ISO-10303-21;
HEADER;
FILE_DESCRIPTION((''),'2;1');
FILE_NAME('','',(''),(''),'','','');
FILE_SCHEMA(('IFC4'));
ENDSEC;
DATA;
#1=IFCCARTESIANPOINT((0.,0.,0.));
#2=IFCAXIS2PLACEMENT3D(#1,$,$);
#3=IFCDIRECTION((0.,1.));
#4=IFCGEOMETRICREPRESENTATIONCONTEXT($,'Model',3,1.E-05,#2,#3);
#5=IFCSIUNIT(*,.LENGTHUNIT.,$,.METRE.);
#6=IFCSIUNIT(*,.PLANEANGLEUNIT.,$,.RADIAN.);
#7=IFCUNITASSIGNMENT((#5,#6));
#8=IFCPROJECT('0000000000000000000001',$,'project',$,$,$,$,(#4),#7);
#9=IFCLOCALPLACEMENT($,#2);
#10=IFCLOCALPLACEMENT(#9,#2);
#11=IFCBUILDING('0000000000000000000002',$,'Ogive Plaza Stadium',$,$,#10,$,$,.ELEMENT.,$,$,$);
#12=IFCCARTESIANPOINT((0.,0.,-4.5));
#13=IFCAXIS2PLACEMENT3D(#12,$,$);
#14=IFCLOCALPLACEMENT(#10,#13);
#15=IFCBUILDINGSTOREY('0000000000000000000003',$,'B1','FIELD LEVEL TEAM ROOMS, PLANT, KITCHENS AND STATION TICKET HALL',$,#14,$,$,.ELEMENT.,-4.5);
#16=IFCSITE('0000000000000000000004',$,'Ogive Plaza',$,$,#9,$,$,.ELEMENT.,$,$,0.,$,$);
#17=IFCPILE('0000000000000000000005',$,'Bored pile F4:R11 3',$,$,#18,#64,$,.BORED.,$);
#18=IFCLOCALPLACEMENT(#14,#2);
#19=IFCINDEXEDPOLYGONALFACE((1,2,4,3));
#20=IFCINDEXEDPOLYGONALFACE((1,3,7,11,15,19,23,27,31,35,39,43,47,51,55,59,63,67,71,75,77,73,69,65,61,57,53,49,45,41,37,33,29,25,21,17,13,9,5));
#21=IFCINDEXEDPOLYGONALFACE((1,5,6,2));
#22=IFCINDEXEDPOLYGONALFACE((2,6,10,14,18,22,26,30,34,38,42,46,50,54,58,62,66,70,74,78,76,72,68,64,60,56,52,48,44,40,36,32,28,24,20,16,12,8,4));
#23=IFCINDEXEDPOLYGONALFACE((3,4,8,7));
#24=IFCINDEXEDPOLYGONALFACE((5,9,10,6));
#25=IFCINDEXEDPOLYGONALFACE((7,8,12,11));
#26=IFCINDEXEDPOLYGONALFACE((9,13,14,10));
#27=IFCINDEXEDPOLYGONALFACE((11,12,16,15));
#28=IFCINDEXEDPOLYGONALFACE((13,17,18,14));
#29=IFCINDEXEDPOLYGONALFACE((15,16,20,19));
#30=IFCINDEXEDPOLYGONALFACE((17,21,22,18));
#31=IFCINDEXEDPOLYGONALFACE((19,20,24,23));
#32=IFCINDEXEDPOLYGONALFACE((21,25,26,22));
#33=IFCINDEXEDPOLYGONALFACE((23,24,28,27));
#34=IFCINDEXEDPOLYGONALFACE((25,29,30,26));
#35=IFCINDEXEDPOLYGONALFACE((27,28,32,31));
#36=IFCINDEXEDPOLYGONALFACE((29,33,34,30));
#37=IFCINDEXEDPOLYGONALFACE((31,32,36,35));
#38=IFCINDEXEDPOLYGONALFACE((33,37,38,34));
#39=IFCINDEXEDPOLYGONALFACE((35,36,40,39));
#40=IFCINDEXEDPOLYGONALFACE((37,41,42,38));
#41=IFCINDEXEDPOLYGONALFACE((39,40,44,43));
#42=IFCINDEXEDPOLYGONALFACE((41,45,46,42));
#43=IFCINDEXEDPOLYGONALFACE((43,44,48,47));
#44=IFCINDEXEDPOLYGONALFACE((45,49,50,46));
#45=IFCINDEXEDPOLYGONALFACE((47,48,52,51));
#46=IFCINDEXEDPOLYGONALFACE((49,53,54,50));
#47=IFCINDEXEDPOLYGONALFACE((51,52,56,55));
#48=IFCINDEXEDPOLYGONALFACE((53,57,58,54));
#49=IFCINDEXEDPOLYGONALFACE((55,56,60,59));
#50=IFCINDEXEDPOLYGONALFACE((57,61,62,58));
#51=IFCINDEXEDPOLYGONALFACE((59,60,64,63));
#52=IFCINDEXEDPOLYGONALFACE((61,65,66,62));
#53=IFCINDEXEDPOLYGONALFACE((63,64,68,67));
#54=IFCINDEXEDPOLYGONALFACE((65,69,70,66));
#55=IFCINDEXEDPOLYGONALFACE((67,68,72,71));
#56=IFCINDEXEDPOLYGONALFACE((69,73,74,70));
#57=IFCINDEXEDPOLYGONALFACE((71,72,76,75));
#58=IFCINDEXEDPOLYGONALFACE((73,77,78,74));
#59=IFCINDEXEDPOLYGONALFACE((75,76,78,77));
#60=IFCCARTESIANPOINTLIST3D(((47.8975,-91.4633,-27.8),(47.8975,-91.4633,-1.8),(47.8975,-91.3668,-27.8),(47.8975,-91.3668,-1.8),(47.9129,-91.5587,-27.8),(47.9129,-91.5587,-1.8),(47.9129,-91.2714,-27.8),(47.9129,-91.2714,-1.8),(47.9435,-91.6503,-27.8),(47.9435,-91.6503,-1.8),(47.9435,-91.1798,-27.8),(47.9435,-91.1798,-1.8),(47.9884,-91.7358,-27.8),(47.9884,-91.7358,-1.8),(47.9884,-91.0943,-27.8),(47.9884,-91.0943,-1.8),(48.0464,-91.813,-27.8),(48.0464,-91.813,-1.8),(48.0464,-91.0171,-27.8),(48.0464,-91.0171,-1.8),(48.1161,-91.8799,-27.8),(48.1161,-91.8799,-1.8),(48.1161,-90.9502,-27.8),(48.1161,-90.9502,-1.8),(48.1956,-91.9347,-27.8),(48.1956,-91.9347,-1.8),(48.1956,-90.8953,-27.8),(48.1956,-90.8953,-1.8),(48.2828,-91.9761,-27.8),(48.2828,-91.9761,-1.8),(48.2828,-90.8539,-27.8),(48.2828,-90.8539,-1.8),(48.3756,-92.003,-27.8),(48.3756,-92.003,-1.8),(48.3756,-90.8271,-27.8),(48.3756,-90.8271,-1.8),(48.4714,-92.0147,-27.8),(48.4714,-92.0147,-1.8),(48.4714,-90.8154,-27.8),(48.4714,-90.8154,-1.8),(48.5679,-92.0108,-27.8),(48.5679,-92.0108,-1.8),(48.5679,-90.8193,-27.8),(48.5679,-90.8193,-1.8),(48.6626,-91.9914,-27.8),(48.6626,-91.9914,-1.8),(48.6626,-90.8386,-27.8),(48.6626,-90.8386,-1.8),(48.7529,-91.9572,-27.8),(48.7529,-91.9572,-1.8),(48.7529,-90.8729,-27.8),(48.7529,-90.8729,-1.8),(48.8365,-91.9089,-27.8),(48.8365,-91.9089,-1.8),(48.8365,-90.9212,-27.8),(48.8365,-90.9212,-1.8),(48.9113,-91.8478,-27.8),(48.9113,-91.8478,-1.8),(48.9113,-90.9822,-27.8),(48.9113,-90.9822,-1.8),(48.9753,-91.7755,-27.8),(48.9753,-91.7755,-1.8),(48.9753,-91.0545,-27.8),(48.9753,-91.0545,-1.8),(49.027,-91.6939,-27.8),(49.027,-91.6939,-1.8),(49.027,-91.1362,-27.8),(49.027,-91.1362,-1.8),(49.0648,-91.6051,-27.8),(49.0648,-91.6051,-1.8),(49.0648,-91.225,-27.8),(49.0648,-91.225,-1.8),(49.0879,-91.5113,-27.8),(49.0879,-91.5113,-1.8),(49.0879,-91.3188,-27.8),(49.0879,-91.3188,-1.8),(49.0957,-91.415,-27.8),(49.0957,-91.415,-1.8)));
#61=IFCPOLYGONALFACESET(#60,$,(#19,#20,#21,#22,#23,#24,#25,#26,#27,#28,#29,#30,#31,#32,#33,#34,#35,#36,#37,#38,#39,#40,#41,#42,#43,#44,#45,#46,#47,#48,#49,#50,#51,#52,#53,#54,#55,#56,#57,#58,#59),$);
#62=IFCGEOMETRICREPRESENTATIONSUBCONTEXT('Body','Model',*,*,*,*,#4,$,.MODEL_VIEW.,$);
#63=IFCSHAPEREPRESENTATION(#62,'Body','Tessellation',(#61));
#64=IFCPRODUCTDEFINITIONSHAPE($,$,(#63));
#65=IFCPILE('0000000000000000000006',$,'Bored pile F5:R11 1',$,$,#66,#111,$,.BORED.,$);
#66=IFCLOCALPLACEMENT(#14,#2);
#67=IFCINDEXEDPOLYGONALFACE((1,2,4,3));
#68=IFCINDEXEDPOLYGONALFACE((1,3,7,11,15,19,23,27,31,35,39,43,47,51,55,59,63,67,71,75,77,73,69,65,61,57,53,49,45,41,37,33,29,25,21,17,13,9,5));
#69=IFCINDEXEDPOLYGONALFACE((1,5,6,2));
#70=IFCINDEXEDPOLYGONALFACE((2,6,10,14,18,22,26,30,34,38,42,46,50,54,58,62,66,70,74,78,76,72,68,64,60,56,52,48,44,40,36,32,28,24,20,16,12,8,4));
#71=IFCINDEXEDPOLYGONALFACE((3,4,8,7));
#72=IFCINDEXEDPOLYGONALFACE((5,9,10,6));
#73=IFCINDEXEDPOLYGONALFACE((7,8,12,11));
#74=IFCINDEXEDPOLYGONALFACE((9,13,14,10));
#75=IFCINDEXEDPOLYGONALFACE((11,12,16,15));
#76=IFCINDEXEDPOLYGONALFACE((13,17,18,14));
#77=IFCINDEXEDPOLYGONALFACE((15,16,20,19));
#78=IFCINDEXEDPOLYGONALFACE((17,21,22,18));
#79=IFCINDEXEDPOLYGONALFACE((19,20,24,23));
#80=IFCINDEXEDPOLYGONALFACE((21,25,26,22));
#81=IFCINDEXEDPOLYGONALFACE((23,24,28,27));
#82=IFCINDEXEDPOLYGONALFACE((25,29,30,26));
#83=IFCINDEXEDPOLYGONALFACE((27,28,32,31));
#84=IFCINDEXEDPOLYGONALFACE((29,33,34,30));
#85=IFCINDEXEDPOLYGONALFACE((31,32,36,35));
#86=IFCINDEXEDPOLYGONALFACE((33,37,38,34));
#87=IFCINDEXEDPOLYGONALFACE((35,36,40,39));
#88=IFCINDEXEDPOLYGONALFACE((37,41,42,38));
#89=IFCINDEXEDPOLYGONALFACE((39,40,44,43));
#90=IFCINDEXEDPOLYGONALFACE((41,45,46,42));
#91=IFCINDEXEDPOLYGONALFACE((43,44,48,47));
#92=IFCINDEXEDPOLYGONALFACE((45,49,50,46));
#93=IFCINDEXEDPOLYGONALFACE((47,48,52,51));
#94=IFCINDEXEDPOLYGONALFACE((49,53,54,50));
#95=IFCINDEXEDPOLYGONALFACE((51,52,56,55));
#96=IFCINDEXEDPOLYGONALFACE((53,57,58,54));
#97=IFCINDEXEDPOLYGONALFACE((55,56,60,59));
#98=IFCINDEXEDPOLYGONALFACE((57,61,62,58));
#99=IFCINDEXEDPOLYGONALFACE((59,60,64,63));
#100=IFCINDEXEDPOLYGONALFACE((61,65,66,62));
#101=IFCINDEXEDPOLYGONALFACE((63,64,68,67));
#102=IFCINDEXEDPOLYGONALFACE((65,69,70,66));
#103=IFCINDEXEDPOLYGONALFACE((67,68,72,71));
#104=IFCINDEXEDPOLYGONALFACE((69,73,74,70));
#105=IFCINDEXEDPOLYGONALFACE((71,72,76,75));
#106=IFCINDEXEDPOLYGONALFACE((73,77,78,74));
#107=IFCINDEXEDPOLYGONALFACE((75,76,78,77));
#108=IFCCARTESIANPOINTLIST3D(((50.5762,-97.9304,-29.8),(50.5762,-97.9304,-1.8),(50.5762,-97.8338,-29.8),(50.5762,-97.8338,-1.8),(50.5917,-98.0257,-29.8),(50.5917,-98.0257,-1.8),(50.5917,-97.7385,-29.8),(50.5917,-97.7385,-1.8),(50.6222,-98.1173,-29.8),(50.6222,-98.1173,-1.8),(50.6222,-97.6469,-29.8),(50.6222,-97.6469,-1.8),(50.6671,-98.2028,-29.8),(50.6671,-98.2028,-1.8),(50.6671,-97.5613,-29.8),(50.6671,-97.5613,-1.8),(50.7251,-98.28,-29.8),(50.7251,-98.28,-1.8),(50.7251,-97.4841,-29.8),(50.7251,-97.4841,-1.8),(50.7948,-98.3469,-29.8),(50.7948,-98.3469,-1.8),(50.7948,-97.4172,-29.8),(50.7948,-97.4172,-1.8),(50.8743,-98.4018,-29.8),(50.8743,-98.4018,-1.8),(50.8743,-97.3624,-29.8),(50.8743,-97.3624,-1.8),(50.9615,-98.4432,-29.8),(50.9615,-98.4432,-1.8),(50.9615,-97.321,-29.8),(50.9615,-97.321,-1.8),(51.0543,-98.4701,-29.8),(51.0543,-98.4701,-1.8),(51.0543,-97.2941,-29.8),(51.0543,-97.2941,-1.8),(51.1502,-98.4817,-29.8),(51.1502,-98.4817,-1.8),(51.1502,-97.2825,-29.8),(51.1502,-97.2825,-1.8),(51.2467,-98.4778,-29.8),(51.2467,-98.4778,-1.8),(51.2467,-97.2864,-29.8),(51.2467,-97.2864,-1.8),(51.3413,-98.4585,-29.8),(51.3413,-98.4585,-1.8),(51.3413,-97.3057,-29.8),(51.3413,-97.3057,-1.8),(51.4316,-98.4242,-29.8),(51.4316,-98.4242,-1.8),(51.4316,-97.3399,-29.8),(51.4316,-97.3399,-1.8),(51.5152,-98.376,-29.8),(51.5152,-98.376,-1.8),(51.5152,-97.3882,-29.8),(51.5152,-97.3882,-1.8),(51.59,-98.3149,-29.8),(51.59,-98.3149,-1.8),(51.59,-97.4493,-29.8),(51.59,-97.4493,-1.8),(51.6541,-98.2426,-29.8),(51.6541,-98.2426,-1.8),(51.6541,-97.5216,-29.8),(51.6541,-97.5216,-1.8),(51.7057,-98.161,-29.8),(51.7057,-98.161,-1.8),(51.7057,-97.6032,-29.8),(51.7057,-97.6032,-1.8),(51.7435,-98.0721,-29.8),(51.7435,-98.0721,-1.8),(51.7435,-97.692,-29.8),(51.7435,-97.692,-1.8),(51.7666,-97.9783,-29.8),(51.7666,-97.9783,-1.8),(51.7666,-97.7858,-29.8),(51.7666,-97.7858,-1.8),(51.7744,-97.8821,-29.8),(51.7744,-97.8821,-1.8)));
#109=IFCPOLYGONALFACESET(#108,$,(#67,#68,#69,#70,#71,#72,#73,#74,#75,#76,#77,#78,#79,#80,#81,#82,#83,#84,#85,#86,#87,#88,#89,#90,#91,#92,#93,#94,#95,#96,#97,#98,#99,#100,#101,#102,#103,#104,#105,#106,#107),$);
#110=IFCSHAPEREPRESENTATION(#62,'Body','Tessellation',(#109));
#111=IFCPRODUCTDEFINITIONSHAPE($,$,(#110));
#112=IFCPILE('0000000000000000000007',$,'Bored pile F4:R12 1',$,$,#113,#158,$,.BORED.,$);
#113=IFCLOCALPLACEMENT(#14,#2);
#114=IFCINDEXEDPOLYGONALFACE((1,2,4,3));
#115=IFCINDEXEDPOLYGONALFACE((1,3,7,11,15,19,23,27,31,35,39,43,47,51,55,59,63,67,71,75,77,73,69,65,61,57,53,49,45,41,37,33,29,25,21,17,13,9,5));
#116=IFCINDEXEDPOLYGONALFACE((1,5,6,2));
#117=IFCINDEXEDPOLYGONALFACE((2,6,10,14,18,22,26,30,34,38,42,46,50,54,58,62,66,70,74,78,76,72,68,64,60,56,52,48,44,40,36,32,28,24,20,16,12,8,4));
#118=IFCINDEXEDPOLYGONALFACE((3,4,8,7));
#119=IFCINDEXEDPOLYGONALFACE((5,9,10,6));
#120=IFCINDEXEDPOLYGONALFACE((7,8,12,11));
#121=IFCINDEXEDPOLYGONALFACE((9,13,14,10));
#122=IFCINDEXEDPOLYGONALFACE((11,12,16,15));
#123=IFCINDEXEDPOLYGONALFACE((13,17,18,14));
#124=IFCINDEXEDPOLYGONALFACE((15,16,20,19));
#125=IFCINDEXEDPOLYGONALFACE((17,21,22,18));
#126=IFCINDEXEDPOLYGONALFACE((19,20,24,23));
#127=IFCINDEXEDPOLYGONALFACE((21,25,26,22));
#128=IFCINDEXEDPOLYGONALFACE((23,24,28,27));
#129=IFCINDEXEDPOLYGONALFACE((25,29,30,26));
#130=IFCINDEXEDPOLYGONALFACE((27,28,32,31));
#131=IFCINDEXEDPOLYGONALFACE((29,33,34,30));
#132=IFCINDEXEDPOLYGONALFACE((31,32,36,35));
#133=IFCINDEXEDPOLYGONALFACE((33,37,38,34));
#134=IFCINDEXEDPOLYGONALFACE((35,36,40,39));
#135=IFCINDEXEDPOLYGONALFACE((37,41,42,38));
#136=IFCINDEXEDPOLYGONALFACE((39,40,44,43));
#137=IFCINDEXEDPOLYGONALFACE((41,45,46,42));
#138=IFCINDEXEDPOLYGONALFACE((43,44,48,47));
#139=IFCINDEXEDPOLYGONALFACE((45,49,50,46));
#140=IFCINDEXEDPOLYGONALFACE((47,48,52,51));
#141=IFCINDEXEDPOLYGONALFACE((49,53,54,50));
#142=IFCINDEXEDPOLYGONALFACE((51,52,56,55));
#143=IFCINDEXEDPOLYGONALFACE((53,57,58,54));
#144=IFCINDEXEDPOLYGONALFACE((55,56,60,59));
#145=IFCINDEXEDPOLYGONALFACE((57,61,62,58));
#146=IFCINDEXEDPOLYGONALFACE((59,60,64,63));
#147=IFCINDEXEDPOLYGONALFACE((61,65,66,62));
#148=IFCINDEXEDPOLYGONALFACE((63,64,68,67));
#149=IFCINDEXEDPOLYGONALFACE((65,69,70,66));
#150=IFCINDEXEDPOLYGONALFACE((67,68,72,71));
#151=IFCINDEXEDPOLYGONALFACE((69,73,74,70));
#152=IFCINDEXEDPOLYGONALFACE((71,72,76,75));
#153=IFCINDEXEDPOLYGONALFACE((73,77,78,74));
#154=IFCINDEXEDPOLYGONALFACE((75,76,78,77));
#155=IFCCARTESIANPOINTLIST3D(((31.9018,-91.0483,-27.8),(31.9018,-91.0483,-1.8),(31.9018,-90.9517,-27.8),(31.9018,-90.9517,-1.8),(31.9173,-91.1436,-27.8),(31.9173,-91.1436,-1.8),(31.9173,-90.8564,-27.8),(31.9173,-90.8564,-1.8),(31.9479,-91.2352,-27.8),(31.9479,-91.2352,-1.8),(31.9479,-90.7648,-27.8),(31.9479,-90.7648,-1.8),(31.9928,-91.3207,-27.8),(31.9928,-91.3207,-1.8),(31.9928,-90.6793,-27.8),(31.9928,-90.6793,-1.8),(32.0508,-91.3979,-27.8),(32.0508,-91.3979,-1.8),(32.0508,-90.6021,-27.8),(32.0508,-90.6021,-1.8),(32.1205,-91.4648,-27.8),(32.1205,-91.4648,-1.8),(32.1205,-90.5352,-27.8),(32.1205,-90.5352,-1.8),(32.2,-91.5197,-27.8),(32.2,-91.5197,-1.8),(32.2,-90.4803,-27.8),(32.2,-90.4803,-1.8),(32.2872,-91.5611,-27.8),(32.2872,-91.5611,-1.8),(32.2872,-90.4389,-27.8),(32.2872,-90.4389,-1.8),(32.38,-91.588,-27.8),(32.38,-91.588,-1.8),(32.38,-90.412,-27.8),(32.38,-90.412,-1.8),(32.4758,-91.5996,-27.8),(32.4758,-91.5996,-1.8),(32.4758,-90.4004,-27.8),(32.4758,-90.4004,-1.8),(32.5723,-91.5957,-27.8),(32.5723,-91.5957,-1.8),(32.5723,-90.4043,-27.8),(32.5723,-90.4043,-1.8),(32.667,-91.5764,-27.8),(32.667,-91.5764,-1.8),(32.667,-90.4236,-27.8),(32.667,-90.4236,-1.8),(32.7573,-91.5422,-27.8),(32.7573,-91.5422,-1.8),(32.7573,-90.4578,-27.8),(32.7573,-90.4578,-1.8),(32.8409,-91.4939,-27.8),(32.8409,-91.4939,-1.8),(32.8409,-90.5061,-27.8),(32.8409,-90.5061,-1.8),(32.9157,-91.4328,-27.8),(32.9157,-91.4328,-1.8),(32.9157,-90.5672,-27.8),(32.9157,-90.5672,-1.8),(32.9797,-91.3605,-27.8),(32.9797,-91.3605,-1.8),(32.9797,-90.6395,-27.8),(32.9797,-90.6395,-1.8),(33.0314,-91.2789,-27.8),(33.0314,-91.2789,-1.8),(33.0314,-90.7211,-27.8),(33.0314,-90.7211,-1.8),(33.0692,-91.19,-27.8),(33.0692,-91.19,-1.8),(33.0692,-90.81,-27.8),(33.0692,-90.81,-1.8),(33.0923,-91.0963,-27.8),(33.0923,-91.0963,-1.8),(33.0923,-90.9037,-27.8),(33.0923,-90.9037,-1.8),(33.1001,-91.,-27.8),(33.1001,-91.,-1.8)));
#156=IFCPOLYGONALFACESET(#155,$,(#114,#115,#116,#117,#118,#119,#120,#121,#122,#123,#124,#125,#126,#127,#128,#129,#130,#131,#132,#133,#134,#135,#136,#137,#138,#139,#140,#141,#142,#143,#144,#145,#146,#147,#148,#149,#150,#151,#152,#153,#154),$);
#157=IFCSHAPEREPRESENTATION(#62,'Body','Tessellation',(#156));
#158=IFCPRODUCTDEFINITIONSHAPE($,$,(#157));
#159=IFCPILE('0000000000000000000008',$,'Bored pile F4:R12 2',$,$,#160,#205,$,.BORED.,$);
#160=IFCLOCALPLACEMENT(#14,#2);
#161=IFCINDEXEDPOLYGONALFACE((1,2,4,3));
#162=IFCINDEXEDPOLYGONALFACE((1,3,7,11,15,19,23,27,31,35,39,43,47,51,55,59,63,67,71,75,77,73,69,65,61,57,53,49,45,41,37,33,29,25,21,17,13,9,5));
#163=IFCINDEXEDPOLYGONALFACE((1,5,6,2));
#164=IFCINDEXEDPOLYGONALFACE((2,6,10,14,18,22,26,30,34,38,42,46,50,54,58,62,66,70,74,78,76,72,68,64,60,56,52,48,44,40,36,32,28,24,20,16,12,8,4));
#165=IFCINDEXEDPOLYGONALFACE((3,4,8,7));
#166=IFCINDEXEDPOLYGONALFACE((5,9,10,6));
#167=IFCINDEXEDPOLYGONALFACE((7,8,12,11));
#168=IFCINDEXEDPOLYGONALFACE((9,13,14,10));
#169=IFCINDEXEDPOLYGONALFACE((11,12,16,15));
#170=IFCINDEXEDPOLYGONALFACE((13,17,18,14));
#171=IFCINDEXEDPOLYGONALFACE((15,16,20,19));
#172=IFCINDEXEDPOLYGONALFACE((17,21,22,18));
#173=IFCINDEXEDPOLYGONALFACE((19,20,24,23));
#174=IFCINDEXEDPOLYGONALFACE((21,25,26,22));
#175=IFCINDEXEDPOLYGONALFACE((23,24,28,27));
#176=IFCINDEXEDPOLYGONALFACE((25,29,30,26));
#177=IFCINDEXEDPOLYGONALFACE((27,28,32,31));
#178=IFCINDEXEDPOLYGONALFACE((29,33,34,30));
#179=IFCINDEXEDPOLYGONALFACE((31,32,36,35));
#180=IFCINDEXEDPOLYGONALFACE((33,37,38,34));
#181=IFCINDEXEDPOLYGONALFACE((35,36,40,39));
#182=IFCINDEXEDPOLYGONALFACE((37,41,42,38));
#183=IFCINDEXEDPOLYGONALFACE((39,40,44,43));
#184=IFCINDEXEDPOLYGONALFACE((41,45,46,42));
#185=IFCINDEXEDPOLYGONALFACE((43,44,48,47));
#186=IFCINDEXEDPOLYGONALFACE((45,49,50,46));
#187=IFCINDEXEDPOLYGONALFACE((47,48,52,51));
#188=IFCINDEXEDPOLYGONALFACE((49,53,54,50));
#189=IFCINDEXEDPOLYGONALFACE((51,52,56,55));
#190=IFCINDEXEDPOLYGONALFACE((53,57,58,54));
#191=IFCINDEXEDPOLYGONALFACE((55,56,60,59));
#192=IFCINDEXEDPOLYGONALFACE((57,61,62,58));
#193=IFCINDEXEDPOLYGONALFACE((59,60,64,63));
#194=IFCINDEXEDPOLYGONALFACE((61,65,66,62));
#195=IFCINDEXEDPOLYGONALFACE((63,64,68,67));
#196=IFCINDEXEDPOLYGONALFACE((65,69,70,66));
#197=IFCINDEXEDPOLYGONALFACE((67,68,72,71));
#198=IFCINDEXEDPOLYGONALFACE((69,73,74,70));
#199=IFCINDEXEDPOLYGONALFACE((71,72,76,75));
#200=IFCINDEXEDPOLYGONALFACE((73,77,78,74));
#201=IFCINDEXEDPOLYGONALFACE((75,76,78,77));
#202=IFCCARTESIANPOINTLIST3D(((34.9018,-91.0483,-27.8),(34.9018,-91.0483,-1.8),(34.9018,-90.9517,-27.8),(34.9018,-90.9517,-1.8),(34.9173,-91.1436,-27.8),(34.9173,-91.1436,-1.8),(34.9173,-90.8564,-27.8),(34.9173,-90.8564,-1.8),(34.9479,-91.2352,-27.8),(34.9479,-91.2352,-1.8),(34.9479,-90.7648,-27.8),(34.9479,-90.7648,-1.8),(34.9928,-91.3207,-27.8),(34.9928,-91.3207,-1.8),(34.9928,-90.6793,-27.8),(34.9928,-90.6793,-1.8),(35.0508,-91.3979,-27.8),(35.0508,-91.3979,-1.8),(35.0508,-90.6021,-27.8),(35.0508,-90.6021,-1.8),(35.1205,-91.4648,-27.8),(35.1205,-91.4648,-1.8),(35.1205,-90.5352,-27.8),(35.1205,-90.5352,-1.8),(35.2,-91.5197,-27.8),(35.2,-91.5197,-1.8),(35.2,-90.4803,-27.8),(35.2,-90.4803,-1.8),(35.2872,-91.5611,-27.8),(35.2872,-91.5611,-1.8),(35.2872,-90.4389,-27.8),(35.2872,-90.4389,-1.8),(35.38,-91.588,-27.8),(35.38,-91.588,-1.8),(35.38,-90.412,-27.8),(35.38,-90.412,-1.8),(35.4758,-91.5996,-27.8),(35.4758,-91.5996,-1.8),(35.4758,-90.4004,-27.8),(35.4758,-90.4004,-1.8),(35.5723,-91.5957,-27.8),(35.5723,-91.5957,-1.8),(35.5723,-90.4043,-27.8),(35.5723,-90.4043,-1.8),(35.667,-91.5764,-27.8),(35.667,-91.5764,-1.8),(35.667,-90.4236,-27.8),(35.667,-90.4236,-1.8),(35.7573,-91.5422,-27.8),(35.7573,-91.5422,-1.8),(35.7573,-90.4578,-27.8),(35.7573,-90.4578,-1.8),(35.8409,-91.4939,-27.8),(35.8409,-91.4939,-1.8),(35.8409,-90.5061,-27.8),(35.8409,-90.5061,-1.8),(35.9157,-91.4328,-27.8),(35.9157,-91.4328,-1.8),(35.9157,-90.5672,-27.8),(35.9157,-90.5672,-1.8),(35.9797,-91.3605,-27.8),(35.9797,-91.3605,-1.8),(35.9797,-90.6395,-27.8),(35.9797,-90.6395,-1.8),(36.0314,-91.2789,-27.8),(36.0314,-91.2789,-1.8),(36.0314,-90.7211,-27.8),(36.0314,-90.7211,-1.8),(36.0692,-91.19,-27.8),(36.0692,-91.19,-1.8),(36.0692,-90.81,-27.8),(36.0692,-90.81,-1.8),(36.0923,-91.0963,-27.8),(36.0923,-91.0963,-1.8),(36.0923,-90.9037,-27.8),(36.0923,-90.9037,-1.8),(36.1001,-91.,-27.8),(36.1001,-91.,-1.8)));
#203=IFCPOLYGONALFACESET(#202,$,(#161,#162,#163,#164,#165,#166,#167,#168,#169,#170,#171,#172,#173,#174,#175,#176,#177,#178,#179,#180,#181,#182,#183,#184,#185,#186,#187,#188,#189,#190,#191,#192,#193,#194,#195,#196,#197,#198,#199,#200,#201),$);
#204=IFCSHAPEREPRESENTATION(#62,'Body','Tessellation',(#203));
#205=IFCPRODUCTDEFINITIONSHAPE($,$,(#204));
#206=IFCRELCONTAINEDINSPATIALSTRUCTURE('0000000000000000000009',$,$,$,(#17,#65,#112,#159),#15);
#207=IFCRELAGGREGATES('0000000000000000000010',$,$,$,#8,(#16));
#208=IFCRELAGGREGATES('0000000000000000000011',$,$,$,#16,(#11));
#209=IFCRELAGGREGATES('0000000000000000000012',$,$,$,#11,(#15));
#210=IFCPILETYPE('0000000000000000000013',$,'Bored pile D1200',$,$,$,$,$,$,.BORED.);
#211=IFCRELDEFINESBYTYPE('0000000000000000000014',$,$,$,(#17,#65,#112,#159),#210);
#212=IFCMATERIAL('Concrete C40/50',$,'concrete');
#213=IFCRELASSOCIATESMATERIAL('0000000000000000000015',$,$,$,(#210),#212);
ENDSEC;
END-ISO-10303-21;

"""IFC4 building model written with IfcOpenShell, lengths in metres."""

from ifc_helpers import new_model, si_unit, direction, frame, origin, origin_2d, place, context, subcontext, project, spatial, circle, extrude, material, material_profile, profile_set, type_object, element, save


model = new_model("IFC4")

# Units and contexts
model_context = context("Model", 3, precision=1e-05, world=origin(), true_north=direction((0.0, 1.0)))
body_context = subcontext(model_context, "Body", "Model", "MODEL_VIEW")
ifc_project = project(units=[si_unit("LENGTHUNIT", "METRE"), si_unit("PLANEANGLEUNIT", "RADIAN")], contexts=[model_context])

# Site, building, storey
site_placement = place(None, origin())
site = spatial("IfcSite", under=ifc_project, at=site_placement, Name="Ogive Plaza", CompositionType="ELEMENT", RefElevation=0.0)
building_placement = place(site_placement, origin())
building = spatial("IfcBuilding", under=site, at=building_placement, Name="Ogive Plaza Stadium", CompositionType="ELEMENT")
storey_placement = place(building_placement, frame((0.0, 0.0, -4.5)))
storey = spatial("IfcBuildingStorey", under=building, at=storey_placement, Name="B1", Description="FIELD LEVEL TEAM ROOMS, PLANT, KITCHENS AND STATION TICKET HALL", CompositionType="ELEMENT", Elevation=-4.5)

# Piles
ifc_material_1 = material(Name="Concrete C40/50", Category="concrete")
ifc_material_profile_1 = material_profile(ifc_material_1, circle(Radius=0.6001, at=origin_2d()), Name="RC D1200")
ifc_profile_set_1 = profile_set([ifc_material_profile_1], Name="Concrete C40/50")
pile_type_1 = type_object("IfcPileType", Name="Bored pile D1200", PredefinedType="BORED", material=ifc_profile_set_1)
pile_1_placement = place(storey_placement, frame((48.4956, -91.415, -1.8), z_axis=(0.0, 0.0, -1.0), x_axis=(1.0, 0.0, 0.0)))
element("IfcPile", 1, at=pile_1_placement, inside=storey, type_object=pile_type_1, Name="Bored pile F4:R11 3", PredefinedType="BORED", context=body_context, shape_type="SweptSolid", body=[
    extrude(circle(Radius=0.6001, at=origin_2d()), origin(), (0.0, 0.0, 1.0), 26.0),
])
pile_2_placement = place(storey_placement, frame((51.1743, -97.8821, -1.8), z_axis=(0.0, 0.0, -1.0), x_axis=(1.0, 0.0, 0.0)))
element("IfcPile", 2, at=pile_2_placement, inside=storey, type_object=pile_type_1, Name="Bored pile F5:R11 1", PredefinedType="BORED", context=body_context, shape_type="SweptSolid", body=[
    extrude(circle(Radius=0.6001, at=origin_2d()), origin(), (0.0, 0.0, 1.0), 28.0),
])
for number, where, z_axis, x_axis, name in (
    (3, (32.5, -91.0, -1.8), (0.0, 0.0, -1.0), (1.0, 0.0, 0.0), "Bored pile F4:R12 1"),
    (4, (35.5, -91.0, -1.8), (0.0, 0.0, -1.0), (1.0, 0.0, 0.0), "Bored pile F4:R12 2"),
):
    element("IfcPile", number, at=place(storey_placement, frame(where, z_axis=z_axis, x_axis=x_axis)), inside=storey, type_object=pile_type_1, Name=name, PredefinedType="BORED", context=body_context, shape_type="SweptSolid", body=[
        extrude(circle(Radius=0.6001, at=origin_2d()), origin(), (0.0, 0.0, 1.0), 26.0),
    ])

save(model, "model.ifc")
